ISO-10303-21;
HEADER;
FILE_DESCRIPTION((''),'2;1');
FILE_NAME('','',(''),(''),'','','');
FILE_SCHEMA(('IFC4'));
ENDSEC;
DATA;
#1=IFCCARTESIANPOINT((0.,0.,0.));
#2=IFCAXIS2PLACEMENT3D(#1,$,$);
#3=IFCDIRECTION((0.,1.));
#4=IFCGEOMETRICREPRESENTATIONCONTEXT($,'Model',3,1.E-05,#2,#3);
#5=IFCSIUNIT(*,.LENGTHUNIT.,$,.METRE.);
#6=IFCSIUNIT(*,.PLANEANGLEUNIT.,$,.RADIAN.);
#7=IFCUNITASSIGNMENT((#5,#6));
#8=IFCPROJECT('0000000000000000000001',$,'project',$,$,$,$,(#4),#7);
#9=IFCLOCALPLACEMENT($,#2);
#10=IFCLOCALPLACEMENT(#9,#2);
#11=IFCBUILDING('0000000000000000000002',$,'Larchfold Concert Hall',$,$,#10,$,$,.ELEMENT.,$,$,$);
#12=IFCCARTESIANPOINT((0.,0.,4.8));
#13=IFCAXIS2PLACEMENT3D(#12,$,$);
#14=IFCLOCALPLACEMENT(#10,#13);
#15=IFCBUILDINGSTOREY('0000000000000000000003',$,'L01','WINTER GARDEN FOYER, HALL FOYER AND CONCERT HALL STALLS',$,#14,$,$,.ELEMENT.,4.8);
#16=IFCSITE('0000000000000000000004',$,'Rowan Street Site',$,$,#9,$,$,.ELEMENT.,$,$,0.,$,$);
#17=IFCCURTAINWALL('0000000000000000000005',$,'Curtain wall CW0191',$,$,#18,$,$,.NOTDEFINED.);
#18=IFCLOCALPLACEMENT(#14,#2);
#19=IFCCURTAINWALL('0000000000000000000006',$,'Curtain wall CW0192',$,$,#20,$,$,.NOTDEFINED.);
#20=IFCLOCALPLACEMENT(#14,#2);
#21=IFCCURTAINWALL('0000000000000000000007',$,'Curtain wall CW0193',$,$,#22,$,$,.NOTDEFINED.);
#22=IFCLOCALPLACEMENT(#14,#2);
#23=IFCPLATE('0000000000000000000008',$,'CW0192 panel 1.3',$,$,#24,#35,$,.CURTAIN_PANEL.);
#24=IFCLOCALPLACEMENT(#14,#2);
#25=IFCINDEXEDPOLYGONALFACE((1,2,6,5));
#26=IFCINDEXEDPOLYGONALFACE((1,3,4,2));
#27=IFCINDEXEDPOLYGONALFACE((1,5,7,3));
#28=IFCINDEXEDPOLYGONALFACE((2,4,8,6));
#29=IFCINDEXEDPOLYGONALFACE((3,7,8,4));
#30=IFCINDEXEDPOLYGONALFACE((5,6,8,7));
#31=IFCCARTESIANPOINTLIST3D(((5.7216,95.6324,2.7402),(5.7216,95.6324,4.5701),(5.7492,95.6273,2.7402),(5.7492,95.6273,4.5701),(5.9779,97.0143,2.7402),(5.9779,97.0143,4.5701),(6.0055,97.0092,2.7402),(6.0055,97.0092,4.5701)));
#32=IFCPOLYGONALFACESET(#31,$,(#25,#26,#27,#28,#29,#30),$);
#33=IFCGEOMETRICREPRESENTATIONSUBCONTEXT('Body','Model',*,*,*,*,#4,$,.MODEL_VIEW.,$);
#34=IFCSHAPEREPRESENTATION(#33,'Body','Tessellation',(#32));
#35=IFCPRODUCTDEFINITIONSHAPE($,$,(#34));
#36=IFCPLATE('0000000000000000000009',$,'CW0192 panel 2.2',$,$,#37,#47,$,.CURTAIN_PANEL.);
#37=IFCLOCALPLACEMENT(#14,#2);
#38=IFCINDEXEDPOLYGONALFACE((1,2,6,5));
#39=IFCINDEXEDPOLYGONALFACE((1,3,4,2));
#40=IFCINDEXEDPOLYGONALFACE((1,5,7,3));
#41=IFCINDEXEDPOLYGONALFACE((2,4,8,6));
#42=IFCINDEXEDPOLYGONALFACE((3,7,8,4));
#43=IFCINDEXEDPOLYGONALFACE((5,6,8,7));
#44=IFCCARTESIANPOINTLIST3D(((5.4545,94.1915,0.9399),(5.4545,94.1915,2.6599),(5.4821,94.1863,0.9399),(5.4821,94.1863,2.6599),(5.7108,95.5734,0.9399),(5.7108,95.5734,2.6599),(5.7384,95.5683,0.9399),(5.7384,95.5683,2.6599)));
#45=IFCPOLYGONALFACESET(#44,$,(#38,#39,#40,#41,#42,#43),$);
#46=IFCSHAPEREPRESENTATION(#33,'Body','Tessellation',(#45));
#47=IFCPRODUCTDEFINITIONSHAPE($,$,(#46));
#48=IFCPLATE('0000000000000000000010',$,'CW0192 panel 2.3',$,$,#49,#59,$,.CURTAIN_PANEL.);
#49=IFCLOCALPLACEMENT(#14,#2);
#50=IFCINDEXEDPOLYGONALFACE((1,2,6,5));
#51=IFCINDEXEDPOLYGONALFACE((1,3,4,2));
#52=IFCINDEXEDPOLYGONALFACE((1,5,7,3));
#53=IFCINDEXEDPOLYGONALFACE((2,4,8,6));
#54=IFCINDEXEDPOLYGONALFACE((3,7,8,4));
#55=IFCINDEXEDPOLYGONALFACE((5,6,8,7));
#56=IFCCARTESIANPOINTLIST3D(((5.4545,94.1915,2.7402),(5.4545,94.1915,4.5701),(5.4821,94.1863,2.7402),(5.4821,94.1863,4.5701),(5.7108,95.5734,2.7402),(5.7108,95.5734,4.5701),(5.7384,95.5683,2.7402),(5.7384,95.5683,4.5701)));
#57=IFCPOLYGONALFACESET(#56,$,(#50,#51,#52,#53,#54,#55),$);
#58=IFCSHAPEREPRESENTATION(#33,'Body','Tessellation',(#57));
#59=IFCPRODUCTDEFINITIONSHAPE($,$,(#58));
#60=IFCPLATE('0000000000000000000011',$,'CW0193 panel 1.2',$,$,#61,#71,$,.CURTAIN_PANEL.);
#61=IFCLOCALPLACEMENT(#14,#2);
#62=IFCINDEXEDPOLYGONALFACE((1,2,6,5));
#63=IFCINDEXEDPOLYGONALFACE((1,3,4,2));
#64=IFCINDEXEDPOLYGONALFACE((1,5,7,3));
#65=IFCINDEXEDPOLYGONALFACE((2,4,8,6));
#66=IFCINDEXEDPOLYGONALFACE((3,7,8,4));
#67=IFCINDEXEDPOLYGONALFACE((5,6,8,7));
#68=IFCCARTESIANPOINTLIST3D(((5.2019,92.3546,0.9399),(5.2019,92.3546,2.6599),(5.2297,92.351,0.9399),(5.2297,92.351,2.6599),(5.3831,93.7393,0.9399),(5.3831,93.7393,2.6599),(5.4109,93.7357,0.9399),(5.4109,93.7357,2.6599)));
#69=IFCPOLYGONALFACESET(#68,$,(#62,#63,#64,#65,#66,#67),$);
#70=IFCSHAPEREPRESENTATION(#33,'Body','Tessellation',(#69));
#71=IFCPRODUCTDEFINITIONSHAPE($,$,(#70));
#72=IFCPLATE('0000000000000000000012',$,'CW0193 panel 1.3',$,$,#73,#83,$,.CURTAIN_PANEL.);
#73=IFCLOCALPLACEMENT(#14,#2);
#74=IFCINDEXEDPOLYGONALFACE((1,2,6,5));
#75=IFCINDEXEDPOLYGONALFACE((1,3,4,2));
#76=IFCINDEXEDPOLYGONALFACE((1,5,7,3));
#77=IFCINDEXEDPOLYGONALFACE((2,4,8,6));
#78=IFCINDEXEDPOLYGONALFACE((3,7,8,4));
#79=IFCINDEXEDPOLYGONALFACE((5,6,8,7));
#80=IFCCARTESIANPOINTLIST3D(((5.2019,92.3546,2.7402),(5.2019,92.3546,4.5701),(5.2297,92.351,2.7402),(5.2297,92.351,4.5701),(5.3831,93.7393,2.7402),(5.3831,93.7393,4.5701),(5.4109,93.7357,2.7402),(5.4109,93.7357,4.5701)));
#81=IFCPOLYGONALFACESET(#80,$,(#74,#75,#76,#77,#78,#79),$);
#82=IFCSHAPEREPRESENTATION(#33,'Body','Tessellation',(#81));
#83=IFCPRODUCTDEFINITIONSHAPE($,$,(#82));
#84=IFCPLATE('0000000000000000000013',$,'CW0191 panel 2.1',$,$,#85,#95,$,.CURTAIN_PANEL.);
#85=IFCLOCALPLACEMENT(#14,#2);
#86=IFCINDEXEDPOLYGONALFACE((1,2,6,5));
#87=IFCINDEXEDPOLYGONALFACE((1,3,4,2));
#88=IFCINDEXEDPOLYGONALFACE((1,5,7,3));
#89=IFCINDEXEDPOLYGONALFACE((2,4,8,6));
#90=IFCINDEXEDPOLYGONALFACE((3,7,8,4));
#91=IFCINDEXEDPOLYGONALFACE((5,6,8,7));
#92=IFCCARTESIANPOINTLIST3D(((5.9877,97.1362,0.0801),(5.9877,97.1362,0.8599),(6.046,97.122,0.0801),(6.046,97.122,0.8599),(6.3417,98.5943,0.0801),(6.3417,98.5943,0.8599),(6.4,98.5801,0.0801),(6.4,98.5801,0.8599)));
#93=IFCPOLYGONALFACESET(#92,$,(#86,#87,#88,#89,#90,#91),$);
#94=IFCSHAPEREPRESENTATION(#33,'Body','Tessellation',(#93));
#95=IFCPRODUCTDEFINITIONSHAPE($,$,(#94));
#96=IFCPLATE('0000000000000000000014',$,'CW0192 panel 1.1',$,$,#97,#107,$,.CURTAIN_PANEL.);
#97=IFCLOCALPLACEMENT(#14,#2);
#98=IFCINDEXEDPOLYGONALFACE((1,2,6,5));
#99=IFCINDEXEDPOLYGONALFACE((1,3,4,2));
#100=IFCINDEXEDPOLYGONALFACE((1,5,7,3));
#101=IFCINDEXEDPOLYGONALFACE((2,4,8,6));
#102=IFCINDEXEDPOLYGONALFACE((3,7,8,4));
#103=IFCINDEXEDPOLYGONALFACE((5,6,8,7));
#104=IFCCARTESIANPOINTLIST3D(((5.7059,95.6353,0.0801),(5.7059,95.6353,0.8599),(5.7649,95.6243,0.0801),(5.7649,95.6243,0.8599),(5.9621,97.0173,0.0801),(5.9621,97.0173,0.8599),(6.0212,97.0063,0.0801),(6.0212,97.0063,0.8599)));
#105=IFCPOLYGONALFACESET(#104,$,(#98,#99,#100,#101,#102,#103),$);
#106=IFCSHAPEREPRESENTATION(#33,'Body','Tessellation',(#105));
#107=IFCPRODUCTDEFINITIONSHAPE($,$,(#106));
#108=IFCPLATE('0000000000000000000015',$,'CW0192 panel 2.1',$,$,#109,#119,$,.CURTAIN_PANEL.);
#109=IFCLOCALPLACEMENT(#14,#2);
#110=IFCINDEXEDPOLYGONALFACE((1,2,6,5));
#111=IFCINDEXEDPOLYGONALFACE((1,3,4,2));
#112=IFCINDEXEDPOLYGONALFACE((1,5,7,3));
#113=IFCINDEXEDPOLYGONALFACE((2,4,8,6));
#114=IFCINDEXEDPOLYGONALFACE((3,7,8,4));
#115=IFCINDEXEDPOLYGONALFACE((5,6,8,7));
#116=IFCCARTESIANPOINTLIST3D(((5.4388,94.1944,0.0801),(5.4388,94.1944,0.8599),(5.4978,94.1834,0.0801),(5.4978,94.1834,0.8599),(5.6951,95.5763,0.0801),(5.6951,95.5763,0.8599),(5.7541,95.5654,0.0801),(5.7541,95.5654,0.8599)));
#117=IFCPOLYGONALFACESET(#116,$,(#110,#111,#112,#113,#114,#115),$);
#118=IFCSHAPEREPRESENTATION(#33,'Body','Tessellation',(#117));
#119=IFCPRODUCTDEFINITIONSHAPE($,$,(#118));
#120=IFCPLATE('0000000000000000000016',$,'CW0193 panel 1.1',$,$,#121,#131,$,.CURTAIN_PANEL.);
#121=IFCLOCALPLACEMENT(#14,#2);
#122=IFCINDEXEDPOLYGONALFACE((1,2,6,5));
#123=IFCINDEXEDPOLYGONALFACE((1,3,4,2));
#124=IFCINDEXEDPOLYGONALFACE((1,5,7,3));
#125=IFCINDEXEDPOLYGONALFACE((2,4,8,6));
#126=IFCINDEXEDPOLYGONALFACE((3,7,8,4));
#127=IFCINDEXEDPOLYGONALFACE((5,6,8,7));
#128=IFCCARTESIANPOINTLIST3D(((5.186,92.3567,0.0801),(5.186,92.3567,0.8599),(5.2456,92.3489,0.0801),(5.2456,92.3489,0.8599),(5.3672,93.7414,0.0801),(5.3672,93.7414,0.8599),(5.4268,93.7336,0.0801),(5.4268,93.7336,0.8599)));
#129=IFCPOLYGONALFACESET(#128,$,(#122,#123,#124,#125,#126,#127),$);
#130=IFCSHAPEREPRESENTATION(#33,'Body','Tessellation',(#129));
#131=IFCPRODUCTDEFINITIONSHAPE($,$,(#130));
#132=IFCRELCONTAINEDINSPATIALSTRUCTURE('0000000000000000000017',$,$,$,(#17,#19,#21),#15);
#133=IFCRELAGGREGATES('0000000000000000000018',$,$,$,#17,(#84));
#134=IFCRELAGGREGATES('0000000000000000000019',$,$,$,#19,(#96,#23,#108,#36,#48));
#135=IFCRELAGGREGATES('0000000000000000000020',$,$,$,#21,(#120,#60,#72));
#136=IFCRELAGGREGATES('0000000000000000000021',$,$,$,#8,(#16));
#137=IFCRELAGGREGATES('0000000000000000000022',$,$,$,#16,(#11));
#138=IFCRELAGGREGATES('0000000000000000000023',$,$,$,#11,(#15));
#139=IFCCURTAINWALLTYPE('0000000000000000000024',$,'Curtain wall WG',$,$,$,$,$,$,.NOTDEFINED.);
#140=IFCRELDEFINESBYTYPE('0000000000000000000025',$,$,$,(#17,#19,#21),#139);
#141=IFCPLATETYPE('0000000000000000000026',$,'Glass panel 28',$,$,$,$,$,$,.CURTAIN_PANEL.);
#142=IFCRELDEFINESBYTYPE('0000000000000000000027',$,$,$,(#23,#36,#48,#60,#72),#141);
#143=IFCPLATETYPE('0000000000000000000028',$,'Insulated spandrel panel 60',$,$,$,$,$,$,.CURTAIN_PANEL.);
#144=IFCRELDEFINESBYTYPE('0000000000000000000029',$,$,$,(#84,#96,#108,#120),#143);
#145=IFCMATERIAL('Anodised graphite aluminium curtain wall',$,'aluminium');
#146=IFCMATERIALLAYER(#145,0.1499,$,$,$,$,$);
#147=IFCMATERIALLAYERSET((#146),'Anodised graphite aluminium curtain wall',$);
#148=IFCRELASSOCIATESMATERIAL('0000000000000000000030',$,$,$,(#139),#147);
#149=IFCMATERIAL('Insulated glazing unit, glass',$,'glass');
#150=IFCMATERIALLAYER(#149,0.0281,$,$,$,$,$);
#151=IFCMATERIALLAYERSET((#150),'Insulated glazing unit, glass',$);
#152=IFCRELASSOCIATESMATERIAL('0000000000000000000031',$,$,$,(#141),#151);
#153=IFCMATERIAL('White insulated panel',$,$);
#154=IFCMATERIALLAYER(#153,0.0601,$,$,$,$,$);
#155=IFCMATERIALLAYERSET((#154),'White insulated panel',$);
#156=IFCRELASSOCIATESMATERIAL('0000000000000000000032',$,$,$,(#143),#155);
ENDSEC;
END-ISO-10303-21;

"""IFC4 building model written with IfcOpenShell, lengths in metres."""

from ifc_helpers import new_model, si_unit, direction, frame, origin, origin_2d, place, context, subcontext, project, spatial, rectangle, extrude, material, layer, layer_set, type_object, element, aggregate, save


model = new_model("IFC4")

# Units and contexts
model_context = context("Model", 3, precision=1e-05, world=origin(), true_north=direction((0.0, 1.0)))
body_context = subcontext(model_context, "Body", "Model", "MODEL_VIEW")
ifc_project = project(units=[si_unit("LENGTHUNIT", "METRE"), si_unit("PLANEANGLEUNIT", "RADIAN")], contexts=[model_context])

# Site, building, storey
site_placement = place(None, origin())
site = spatial("IfcSite", under=ifc_project, at=site_placement, Name="Rowan Street Site", CompositionType="ELEMENT", RefElevation=0.0)
building_placement = place(site_placement, origin())
building = spatial("IfcBuilding", under=site, at=building_placement, Name="Larchfold Concert Hall", CompositionType="ELEMENT")
storey_placement = place(building_placement, frame((0.0, 0.0, 4.8)))
storey = spatial("IfcBuildingStorey", under=building, at=storey_placement, Name="L01", Description="WINTER GARDEN FOYER, HALL FOYER AND CONCERT HALL STALLS", CompositionType="ELEMENT", Elevation=4.8)

# Curtain wall
ifc_material_1 = material(Name="Anodised graphite aluminium curtain wall", Category="aluminium")
ifc_layer_1 = layer(ifc_material_1, 0.1499)
ifc_layer_set_1 = layer_set([ifc_layer_1], Name="Anodised graphite aluminium curtain wall")
curtain_wall_type = type_object("IfcCurtainWallType", Name="Curtain wall WG", PredefinedType="NOTDEFINED", material=ifc_layer_set_1)
curtain_wall_1_placement = place(storey_placement, origin())
curtain_wall_1 = element("IfcCurtainWall", 1, at=curtain_wall_1_placement, inside=storey, type_object=curtain_wall_type, Name="Curtain wall CW0191", PredefinedType="NOTDEFINED")

# Curtain wall
curtain_wall_2_placement = place(storey_placement, origin())
curtain_wall_2 = element("IfcCurtainWall", 2, at=curtain_wall_2_placement, inside=storey, type_object=curtain_wall_type, Name="Curtain wall CW0192", PredefinedType="NOTDEFINED")

# Curtain wall
curtain_wall_3_placement = place(storey_placement, origin())
curtain_wall_3 = element("IfcCurtainWall", 3, at=curtain_wall_3_placement, inside=storey, type_object=curtain_wall_type, Name="Curtain wall CW0193", PredefinedType="NOTDEFINED")

# Plates
ifc_material_2 = material(Name="Insulated glazing unit, glass", Category="glass")
ifc_layer_2 = layer(ifc_material_2, 0.0281)
ifc_layer_set_2 = layer_set([ifc_layer_2], Name="Insulated glazing unit, glass")
plate_type_1 = type_object("IfcPlateType", Name="Glass panel 28", PredefinedType="CURTAIN_PANEL", material=ifc_layer_set_2)
plate_1_placement = place(storey_placement, frame((5.8635, 96.3208, 2.7402), z_axis=(0.0, 0.0, 1.0), x_axis=(-0.182346, -0.983234, 0.0)))
plate_1 = element("IfcPlate", 4, at=plate_1_placement, type_object=plate_type_1, Name="CW0192 panel 1.3", PredefinedType="CURTAIN_PANEL", context=body_context, shape_type="SweptSolid", body=[
    extrude(rectangle(XDim=1.4055, YDim=0.0281, at=origin_2d()), origin(), (0.0, 0.0, 1.0), 1.8298),
])
plate_2_placement = place(storey_placement, frame((5.5964, 94.8799, 0.9399), z_axis=(0.0, 0.0, 1.0), x_axis=(-0.182346, -0.983234, 0.0)))
plate_2 = element("IfcPlate", 5, at=plate_2_placement, type_object=plate_type_1, Name="CW0192 panel 2.2", PredefinedType="CURTAIN_PANEL", context=body_context, shape_type="SweptSolid", body=[
    extrude(rectangle(XDim=1.4055, YDim=0.0281, at=origin_2d()), origin(), (0.0, 0.0, 1.0), 1.72),
])
plate_3_placement = place(storey_placement, frame((5.5964, 94.8799, 2.7402), z_axis=(0.0, 0.0, 1.0), x_axis=(-0.182346, -0.983234, 0.0)))
plate_3 = element("IfcPlate", 6, at=plate_3_placement, type_object=plate_type_1, Name="CW0192 panel 2.3", PredefinedType="CURTAIN_PANEL", context=body_context, shape_type="SweptSolid", body=[
    extrude(rectangle(XDim=1.4055, YDim=0.0281, at=origin_2d()), origin(), (0.0, 0.0, 1.0), 1.8298),
])
plate_4_placement = place(storey_placement, frame((5.3064, 93.0452, 0.9399), z_axis=(0.0, 0.0, 1.0), x_axis=(-0.129743, -0.991548, 0.0)))
plate_4 = element("IfcPlate", 7, at=plate_4_placement, type_object=plate_type_1, Name="CW0193 panel 1.2", PredefinedType="CURTAIN_PANEL", context=body_context, shape_type="SweptSolid", body=[
    extrude(rectangle(XDim=1.3965, YDim=0.0281, at=origin_2d()), origin(), (0.0, 0.0, 1.0), 1.72),
])
plate_5_placement = place(storey_placement, frame((5.3064, 93.0452, 2.7402), z_axis=(0.0, 0.0, 1.0), x_axis=(-0.129743, -0.991548, 0.0)))
plate_5 = element("IfcPlate", 8, at=plate_5_placement, type_object=plate_type_1, Name="CW0193 panel 1.3", PredefinedType="CURTAIN_PANEL", context=body_context, shape_type="SweptSolid", body=[
    extrude(rectangle(XDim=1.3965, YDim=0.0281, at=origin_2d()), origin(), (0.0, 0.0, 1.0), 1.8298),
])
ifc_material_3 = material(Name="White insulated panel")
ifc_layer_3 = layer(ifc_material_3, 0.0601)
ifc_layer_set_3 = layer_set([ifc_layer_3], Name="White insulated panel")
plate_type_2 = type_object("IfcPlateType", Name="Insulated spandrel panel 60", PredefinedType="CURTAIN_PANEL", material=ifc_layer_set_3)
plate_6_placement = place(storey_placement, frame((6.1938, 97.8582, 0.0801), z_axis=(0.0, 0.0, 1.0), x_axis=(-0.235938, -0.971768, 0.0)))
plate_6 = element("IfcPlate", 9, at=plate_6_placement, type_object=plate_type_2, Name="CW0191 panel 2.1", PredefinedType="CURTAIN_PANEL", context=body_context, shape_type="SweptSolid", body=[
    extrude(rectangle(XDim=1.5005, YDim=0.0601, at=origin_2d()), origin(), (0.0, 0.0, 1.0), 0.7798),
])
aggregate(curtain_wall_1, [plate_6])
plate_7_placement = place(storey_placement, frame((5.8635, 96.3208, 0.0801), z_axis=(0.0, 0.0, 1.0), x_axis=(-0.182346, -0.983234, 0.0)))
plate_7 = element("IfcPlate", 10, at=plate_7_placement, type_object=plate_type_2, Name="CW0192 panel 1.1", PredefinedType="CURTAIN_PANEL", context=body_context, shape_type="SweptSolid", body=[
    extrude(rectangle(XDim=1.4055, YDim=0.0601, at=origin_2d()), origin(), (0.0, 0.0, 1.0), 0.7798),
])
plate_8_placement = place(storey_placement, frame((5.5964, 94.8799, 0.0801), z_axis=(0.0, 0.0, 1.0), x_axis=(-0.182346, -0.983234, 0.0)))
plate_8 = element("IfcPlate", 11, at=plate_8_placement, type_object=plate_type_2, Name="CW0192 panel 2.1", PredefinedType="CURTAIN_PANEL", context=body_context, shape_type="SweptSolid", body=[
    extrude(rectangle(XDim=1.4055, YDim=0.0601, at=origin_2d()), origin(), (0.0, 0.0, 1.0), 0.7798),
])
aggregate(curtain_wall_2, [plate_7, plate_1, plate_8, plate_2, plate_3])
plate_9_placement = place(storey_placement, frame((5.3064, 93.0452, 0.0801), z_axis=(0.0, 0.0, 1.0), x_axis=(-0.129743, -0.991548, 0.0)))
plate_9 = element("IfcPlate", 12, at=plate_9_placement, type_object=plate_type_2, Name="CW0193 panel 1.1", PredefinedType="CURTAIN_PANEL", context=body_context, shape_type="SweptSolid", body=[
    extrude(rectangle(XDim=1.3965, YDim=0.0601, at=origin_2d()), origin(), (0.0, 0.0, 1.0), 0.7798),
])
aggregate(curtain_wall_3, [plate_9, plate_4, plate_5])

save(model, "model.ifc")
